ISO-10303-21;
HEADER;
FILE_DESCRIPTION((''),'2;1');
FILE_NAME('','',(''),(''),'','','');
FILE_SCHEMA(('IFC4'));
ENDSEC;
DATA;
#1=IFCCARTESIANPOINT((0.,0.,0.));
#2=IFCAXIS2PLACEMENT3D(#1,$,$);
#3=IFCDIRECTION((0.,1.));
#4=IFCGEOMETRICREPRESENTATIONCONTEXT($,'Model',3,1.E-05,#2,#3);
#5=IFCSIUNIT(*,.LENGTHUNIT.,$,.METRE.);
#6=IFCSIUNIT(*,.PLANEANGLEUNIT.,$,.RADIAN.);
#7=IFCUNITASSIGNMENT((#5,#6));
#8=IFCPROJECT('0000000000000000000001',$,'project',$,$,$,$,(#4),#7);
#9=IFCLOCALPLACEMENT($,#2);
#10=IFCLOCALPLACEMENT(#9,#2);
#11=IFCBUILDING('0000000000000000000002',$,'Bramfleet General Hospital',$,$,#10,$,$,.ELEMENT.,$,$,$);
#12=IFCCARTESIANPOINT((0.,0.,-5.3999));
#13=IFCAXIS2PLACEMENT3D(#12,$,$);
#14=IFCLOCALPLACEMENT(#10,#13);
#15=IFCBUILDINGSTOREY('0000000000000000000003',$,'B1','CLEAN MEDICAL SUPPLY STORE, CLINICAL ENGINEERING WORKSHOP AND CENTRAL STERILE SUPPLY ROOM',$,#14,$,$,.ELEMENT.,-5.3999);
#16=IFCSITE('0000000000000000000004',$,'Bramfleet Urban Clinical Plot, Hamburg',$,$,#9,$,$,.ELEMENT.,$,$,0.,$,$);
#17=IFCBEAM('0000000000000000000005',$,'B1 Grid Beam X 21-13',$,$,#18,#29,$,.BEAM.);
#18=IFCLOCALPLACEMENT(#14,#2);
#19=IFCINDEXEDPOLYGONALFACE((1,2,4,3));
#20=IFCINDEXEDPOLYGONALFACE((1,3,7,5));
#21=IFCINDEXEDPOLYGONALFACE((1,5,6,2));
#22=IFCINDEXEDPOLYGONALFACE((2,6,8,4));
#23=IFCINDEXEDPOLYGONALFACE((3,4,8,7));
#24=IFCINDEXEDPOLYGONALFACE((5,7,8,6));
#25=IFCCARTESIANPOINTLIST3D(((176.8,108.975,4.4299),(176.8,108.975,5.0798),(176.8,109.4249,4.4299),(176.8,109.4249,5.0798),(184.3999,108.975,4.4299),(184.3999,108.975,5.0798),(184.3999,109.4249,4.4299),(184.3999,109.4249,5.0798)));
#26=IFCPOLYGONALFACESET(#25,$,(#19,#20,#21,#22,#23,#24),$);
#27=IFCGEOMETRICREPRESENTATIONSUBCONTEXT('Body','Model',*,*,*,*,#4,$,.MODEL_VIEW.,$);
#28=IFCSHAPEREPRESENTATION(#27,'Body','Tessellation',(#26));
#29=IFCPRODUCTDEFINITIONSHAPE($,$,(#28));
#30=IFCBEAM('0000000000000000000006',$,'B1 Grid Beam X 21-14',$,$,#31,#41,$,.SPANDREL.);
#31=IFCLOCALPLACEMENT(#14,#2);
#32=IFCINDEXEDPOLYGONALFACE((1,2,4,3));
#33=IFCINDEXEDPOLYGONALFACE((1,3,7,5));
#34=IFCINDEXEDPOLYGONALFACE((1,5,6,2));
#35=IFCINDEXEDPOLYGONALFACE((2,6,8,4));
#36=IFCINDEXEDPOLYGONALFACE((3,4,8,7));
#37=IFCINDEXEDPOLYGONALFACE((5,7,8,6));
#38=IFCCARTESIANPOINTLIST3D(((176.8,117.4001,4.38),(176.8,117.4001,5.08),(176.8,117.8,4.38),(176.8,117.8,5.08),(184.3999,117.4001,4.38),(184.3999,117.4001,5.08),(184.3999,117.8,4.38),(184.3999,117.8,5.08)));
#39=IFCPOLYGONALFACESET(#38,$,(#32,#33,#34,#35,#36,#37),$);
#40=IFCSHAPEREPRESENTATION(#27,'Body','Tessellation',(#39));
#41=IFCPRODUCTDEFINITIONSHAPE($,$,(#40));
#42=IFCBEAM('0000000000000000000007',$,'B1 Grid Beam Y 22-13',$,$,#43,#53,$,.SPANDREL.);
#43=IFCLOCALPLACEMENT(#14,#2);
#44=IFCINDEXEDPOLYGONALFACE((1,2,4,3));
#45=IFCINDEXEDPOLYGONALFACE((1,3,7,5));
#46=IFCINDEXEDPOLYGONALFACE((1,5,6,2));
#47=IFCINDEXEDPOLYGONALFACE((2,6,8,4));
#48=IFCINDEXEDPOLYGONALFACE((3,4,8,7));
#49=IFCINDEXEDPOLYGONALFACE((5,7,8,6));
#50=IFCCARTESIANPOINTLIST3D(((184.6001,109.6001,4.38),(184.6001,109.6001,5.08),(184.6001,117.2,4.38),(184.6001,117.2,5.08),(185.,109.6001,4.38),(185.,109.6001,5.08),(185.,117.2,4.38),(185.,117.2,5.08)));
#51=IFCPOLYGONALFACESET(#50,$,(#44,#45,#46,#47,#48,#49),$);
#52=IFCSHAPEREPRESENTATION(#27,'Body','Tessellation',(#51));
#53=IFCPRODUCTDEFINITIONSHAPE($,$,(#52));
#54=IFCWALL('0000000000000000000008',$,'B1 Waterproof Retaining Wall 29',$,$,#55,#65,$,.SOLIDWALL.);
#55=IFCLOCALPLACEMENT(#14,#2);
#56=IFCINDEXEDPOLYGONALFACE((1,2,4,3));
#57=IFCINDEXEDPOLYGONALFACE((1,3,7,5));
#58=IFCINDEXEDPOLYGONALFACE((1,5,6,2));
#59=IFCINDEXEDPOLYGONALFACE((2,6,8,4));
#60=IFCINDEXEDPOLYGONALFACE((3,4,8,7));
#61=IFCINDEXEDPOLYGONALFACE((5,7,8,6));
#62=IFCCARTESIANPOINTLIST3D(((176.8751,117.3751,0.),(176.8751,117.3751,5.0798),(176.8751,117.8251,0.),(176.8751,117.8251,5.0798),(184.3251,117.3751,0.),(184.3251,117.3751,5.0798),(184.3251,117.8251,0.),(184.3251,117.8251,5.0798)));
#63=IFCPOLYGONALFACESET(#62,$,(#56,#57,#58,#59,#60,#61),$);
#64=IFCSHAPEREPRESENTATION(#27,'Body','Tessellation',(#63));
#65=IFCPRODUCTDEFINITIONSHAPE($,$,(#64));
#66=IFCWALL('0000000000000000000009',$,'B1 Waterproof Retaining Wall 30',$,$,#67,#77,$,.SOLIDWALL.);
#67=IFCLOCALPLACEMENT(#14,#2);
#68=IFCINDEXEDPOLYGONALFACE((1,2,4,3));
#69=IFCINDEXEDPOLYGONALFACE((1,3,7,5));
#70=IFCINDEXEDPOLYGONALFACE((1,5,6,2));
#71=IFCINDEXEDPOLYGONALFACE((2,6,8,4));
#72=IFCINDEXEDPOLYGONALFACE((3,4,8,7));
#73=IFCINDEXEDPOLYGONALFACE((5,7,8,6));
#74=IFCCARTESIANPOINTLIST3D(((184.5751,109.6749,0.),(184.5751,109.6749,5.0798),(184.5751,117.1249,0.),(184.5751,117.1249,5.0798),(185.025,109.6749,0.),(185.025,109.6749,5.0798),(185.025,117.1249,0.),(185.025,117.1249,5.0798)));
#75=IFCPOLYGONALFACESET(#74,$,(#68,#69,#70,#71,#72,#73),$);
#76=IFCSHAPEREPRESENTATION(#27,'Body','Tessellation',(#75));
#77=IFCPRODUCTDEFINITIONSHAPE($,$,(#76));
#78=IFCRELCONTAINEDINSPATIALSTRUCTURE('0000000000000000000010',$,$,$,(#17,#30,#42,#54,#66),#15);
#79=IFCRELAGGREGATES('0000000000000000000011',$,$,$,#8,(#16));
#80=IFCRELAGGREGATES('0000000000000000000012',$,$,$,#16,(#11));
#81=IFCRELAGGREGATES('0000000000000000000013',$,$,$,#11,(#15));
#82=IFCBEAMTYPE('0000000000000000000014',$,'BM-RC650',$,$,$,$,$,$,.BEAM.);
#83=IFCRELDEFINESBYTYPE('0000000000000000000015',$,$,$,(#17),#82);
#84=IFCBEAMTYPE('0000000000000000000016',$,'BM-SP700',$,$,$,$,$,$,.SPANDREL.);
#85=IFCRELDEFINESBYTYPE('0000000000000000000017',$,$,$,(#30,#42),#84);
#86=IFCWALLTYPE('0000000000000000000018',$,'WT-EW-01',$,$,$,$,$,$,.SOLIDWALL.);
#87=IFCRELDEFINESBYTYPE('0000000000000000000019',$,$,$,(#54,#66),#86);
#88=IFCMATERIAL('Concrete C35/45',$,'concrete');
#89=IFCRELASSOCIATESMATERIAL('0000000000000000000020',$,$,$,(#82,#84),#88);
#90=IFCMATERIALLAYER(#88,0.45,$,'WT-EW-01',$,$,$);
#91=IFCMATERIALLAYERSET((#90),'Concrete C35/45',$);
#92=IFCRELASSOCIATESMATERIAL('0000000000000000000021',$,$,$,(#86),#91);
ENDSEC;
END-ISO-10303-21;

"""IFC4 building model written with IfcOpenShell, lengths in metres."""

from ifc_helpers import new_model, si_unit, direction, frame, frame_2d, origin, origin_2d, place, context, subcontext, project, spatial, rectangle, extrude, material, layer, layer_set, material_profile, profile_set, type_object, element, save


model = new_model("IFC4")

# Units and contexts
model_context = context("Model", 3, precision=1e-05, world=origin(), true_north=direction((0.0, 1.0)))
body_context = subcontext(model_context, "Body", "Model", "MODEL_VIEW")
ifc_project = project(units=[si_unit("LENGTHUNIT", "METRE"), si_unit("PLANEANGLEUNIT", "RADIAN")], contexts=[model_context])

# Site, building, storey
site_placement = place(None, origin())
site = spatial("IfcSite", under=ifc_project, at=site_placement, Name="Bramfleet Urban Clinical Plot, Hamburg", CompositionType="ELEMENT", RefElevation=0.0)
building_placement = place(site_placement, origin())
building = spatial("IfcBuilding", under=site, at=building_placement, Name="Bramfleet General Hospital", CompositionType="ELEMENT")
storey_placement = place(building_placement, frame((0.0, 0.0, -5.3999)))
storey = spatial("IfcBuildingStorey", under=building, at=storey_placement, Name="B1", Description="CLEAN MEDICAL SUPPLY STORE, CLINICAL ENGINEERING WORKSHOP AND CENTRAL STERILE SUPPLY ROOM", CompositionType="ELEMENT", Elevation=-5.3999)

# Shared definitions
ifc_material_1 = material(Name="Concrete C35/45", Category="concrete")

# Beams
ifc_material_profile_1 = material_profile(ifc_material_1, rectangle(XDim=0.45, YDim=0.6499, at=origin_2d()), Name="RC BM 650x450")
ifc_profile_set_1 = profile_set([ifc_material_profile_1], Name="Concrete C35/45")
beam_type_1 = type_object("IfcBeamType", Name="BM-RC650", PredefinedType="BEAM", material=ifc_profile_set_1)
beam_1_placement = place(storey_placement, frame((176.8, 109.2, 4.7549), z_axis=(1.0, 0.0, 0.0), x_axis=(0.0, 1.0, 0.0)))
element("IfcBeam", 1, at=beam_1_placement, inside=storey, type_object=beam_type_1, Name="B1 Grid Beam X 21-13", PredefinedType="BEAM", context=body_context, shape_type="SweptSolid", body=[
    extrude(rectangle(XDim=0.45, YDim=0.6499, at=origin_2d()), origin(), (0.0, 0.0, 1.0), 7.5999),
])
ifc_material_profile_2 = material_profile(ifc_material_1, rectangle(XDim=0.3999, YDim=0.7, at=origin_2d()), Name="RC SP 700x400")
ifc_profile_set_2 = profile_set([ifc_material_profile_2], Name="Concrete C35/45")
beam_type_2 = type_object("IfcBeamType", Name="BM-SP700", PredefinedType="SPANDREL", material=ifc_profile_set_2)
for number, where, z_axis, x_axis, name in (
    (2, (176.8, 117.6001, 4.73), (1.0, 0.0, 0.0), (0.0, 1.0, 0.0), "B1 Grid Beam X 21-14"),
    (3, (184.8, 109.6001, 4.73), (0.0, 1.0, 0.0), (-1.0, 0.0, 0.0), "B1 Grid Beam Y 22-13"),
):
    element("IfcBeam", number, at=place(storey_placement, frame(where, z_axis=z_axis, x_axis=x_axis)), inside=storey, type_object=beam_type_2, Name=name, PredefinedType="SPANDREL", context=body_context, shape_type="SweptSolid", body=[
        extrude(rectangle(XDim=0.3999, YDim=0.7, at=origin_2d()), origin(), (0.0, 0.0, 1.0), 7.5999),
    ])

# Walls
ifc_layer = layer(ifc_material_1, 0.45, Name="WT-EW-01")
ifc_layer_set = layer_set([ifc_layer], Name="Concrete C35/45")
wall_type = type_object("IfcWallType", Name="WT-EW-01", PredefinedType="SOLIDWALL", material=ifc_layer_set)
for number, where, z_axis, x_axis, name in (
    (4, (176.875, 117.6001, 0.0), (0.0, 0.0, 1.0), (1.0, 0.0, 0.0), "B1 Waterproof Retaining Wall 29"),
    (5, (184.8, 117.125, 0.0), (0.0, 0.0, 1.0), (0.0, -1.0, 0.0), "B1 Waterproof Retaining Wall 30"),
):
    element("IfcWall", number, at=place(storey_placement, frame(where, z_axis=z_axis, x_axis=x_axis)), inside=storey, type_object=wall_type, Name=name, PredefinedType="SOLIDWALL", context=body_context, shape_type="SweptSolid", body=[
        extrude(rectangle(XDim=7.45, YDim=0.45, at=frame_2d((3.7251, 0.0))), origin(), (0.0, 0.0, 1.0), 5.0798),
    ])

save(model, "model.ifc")
